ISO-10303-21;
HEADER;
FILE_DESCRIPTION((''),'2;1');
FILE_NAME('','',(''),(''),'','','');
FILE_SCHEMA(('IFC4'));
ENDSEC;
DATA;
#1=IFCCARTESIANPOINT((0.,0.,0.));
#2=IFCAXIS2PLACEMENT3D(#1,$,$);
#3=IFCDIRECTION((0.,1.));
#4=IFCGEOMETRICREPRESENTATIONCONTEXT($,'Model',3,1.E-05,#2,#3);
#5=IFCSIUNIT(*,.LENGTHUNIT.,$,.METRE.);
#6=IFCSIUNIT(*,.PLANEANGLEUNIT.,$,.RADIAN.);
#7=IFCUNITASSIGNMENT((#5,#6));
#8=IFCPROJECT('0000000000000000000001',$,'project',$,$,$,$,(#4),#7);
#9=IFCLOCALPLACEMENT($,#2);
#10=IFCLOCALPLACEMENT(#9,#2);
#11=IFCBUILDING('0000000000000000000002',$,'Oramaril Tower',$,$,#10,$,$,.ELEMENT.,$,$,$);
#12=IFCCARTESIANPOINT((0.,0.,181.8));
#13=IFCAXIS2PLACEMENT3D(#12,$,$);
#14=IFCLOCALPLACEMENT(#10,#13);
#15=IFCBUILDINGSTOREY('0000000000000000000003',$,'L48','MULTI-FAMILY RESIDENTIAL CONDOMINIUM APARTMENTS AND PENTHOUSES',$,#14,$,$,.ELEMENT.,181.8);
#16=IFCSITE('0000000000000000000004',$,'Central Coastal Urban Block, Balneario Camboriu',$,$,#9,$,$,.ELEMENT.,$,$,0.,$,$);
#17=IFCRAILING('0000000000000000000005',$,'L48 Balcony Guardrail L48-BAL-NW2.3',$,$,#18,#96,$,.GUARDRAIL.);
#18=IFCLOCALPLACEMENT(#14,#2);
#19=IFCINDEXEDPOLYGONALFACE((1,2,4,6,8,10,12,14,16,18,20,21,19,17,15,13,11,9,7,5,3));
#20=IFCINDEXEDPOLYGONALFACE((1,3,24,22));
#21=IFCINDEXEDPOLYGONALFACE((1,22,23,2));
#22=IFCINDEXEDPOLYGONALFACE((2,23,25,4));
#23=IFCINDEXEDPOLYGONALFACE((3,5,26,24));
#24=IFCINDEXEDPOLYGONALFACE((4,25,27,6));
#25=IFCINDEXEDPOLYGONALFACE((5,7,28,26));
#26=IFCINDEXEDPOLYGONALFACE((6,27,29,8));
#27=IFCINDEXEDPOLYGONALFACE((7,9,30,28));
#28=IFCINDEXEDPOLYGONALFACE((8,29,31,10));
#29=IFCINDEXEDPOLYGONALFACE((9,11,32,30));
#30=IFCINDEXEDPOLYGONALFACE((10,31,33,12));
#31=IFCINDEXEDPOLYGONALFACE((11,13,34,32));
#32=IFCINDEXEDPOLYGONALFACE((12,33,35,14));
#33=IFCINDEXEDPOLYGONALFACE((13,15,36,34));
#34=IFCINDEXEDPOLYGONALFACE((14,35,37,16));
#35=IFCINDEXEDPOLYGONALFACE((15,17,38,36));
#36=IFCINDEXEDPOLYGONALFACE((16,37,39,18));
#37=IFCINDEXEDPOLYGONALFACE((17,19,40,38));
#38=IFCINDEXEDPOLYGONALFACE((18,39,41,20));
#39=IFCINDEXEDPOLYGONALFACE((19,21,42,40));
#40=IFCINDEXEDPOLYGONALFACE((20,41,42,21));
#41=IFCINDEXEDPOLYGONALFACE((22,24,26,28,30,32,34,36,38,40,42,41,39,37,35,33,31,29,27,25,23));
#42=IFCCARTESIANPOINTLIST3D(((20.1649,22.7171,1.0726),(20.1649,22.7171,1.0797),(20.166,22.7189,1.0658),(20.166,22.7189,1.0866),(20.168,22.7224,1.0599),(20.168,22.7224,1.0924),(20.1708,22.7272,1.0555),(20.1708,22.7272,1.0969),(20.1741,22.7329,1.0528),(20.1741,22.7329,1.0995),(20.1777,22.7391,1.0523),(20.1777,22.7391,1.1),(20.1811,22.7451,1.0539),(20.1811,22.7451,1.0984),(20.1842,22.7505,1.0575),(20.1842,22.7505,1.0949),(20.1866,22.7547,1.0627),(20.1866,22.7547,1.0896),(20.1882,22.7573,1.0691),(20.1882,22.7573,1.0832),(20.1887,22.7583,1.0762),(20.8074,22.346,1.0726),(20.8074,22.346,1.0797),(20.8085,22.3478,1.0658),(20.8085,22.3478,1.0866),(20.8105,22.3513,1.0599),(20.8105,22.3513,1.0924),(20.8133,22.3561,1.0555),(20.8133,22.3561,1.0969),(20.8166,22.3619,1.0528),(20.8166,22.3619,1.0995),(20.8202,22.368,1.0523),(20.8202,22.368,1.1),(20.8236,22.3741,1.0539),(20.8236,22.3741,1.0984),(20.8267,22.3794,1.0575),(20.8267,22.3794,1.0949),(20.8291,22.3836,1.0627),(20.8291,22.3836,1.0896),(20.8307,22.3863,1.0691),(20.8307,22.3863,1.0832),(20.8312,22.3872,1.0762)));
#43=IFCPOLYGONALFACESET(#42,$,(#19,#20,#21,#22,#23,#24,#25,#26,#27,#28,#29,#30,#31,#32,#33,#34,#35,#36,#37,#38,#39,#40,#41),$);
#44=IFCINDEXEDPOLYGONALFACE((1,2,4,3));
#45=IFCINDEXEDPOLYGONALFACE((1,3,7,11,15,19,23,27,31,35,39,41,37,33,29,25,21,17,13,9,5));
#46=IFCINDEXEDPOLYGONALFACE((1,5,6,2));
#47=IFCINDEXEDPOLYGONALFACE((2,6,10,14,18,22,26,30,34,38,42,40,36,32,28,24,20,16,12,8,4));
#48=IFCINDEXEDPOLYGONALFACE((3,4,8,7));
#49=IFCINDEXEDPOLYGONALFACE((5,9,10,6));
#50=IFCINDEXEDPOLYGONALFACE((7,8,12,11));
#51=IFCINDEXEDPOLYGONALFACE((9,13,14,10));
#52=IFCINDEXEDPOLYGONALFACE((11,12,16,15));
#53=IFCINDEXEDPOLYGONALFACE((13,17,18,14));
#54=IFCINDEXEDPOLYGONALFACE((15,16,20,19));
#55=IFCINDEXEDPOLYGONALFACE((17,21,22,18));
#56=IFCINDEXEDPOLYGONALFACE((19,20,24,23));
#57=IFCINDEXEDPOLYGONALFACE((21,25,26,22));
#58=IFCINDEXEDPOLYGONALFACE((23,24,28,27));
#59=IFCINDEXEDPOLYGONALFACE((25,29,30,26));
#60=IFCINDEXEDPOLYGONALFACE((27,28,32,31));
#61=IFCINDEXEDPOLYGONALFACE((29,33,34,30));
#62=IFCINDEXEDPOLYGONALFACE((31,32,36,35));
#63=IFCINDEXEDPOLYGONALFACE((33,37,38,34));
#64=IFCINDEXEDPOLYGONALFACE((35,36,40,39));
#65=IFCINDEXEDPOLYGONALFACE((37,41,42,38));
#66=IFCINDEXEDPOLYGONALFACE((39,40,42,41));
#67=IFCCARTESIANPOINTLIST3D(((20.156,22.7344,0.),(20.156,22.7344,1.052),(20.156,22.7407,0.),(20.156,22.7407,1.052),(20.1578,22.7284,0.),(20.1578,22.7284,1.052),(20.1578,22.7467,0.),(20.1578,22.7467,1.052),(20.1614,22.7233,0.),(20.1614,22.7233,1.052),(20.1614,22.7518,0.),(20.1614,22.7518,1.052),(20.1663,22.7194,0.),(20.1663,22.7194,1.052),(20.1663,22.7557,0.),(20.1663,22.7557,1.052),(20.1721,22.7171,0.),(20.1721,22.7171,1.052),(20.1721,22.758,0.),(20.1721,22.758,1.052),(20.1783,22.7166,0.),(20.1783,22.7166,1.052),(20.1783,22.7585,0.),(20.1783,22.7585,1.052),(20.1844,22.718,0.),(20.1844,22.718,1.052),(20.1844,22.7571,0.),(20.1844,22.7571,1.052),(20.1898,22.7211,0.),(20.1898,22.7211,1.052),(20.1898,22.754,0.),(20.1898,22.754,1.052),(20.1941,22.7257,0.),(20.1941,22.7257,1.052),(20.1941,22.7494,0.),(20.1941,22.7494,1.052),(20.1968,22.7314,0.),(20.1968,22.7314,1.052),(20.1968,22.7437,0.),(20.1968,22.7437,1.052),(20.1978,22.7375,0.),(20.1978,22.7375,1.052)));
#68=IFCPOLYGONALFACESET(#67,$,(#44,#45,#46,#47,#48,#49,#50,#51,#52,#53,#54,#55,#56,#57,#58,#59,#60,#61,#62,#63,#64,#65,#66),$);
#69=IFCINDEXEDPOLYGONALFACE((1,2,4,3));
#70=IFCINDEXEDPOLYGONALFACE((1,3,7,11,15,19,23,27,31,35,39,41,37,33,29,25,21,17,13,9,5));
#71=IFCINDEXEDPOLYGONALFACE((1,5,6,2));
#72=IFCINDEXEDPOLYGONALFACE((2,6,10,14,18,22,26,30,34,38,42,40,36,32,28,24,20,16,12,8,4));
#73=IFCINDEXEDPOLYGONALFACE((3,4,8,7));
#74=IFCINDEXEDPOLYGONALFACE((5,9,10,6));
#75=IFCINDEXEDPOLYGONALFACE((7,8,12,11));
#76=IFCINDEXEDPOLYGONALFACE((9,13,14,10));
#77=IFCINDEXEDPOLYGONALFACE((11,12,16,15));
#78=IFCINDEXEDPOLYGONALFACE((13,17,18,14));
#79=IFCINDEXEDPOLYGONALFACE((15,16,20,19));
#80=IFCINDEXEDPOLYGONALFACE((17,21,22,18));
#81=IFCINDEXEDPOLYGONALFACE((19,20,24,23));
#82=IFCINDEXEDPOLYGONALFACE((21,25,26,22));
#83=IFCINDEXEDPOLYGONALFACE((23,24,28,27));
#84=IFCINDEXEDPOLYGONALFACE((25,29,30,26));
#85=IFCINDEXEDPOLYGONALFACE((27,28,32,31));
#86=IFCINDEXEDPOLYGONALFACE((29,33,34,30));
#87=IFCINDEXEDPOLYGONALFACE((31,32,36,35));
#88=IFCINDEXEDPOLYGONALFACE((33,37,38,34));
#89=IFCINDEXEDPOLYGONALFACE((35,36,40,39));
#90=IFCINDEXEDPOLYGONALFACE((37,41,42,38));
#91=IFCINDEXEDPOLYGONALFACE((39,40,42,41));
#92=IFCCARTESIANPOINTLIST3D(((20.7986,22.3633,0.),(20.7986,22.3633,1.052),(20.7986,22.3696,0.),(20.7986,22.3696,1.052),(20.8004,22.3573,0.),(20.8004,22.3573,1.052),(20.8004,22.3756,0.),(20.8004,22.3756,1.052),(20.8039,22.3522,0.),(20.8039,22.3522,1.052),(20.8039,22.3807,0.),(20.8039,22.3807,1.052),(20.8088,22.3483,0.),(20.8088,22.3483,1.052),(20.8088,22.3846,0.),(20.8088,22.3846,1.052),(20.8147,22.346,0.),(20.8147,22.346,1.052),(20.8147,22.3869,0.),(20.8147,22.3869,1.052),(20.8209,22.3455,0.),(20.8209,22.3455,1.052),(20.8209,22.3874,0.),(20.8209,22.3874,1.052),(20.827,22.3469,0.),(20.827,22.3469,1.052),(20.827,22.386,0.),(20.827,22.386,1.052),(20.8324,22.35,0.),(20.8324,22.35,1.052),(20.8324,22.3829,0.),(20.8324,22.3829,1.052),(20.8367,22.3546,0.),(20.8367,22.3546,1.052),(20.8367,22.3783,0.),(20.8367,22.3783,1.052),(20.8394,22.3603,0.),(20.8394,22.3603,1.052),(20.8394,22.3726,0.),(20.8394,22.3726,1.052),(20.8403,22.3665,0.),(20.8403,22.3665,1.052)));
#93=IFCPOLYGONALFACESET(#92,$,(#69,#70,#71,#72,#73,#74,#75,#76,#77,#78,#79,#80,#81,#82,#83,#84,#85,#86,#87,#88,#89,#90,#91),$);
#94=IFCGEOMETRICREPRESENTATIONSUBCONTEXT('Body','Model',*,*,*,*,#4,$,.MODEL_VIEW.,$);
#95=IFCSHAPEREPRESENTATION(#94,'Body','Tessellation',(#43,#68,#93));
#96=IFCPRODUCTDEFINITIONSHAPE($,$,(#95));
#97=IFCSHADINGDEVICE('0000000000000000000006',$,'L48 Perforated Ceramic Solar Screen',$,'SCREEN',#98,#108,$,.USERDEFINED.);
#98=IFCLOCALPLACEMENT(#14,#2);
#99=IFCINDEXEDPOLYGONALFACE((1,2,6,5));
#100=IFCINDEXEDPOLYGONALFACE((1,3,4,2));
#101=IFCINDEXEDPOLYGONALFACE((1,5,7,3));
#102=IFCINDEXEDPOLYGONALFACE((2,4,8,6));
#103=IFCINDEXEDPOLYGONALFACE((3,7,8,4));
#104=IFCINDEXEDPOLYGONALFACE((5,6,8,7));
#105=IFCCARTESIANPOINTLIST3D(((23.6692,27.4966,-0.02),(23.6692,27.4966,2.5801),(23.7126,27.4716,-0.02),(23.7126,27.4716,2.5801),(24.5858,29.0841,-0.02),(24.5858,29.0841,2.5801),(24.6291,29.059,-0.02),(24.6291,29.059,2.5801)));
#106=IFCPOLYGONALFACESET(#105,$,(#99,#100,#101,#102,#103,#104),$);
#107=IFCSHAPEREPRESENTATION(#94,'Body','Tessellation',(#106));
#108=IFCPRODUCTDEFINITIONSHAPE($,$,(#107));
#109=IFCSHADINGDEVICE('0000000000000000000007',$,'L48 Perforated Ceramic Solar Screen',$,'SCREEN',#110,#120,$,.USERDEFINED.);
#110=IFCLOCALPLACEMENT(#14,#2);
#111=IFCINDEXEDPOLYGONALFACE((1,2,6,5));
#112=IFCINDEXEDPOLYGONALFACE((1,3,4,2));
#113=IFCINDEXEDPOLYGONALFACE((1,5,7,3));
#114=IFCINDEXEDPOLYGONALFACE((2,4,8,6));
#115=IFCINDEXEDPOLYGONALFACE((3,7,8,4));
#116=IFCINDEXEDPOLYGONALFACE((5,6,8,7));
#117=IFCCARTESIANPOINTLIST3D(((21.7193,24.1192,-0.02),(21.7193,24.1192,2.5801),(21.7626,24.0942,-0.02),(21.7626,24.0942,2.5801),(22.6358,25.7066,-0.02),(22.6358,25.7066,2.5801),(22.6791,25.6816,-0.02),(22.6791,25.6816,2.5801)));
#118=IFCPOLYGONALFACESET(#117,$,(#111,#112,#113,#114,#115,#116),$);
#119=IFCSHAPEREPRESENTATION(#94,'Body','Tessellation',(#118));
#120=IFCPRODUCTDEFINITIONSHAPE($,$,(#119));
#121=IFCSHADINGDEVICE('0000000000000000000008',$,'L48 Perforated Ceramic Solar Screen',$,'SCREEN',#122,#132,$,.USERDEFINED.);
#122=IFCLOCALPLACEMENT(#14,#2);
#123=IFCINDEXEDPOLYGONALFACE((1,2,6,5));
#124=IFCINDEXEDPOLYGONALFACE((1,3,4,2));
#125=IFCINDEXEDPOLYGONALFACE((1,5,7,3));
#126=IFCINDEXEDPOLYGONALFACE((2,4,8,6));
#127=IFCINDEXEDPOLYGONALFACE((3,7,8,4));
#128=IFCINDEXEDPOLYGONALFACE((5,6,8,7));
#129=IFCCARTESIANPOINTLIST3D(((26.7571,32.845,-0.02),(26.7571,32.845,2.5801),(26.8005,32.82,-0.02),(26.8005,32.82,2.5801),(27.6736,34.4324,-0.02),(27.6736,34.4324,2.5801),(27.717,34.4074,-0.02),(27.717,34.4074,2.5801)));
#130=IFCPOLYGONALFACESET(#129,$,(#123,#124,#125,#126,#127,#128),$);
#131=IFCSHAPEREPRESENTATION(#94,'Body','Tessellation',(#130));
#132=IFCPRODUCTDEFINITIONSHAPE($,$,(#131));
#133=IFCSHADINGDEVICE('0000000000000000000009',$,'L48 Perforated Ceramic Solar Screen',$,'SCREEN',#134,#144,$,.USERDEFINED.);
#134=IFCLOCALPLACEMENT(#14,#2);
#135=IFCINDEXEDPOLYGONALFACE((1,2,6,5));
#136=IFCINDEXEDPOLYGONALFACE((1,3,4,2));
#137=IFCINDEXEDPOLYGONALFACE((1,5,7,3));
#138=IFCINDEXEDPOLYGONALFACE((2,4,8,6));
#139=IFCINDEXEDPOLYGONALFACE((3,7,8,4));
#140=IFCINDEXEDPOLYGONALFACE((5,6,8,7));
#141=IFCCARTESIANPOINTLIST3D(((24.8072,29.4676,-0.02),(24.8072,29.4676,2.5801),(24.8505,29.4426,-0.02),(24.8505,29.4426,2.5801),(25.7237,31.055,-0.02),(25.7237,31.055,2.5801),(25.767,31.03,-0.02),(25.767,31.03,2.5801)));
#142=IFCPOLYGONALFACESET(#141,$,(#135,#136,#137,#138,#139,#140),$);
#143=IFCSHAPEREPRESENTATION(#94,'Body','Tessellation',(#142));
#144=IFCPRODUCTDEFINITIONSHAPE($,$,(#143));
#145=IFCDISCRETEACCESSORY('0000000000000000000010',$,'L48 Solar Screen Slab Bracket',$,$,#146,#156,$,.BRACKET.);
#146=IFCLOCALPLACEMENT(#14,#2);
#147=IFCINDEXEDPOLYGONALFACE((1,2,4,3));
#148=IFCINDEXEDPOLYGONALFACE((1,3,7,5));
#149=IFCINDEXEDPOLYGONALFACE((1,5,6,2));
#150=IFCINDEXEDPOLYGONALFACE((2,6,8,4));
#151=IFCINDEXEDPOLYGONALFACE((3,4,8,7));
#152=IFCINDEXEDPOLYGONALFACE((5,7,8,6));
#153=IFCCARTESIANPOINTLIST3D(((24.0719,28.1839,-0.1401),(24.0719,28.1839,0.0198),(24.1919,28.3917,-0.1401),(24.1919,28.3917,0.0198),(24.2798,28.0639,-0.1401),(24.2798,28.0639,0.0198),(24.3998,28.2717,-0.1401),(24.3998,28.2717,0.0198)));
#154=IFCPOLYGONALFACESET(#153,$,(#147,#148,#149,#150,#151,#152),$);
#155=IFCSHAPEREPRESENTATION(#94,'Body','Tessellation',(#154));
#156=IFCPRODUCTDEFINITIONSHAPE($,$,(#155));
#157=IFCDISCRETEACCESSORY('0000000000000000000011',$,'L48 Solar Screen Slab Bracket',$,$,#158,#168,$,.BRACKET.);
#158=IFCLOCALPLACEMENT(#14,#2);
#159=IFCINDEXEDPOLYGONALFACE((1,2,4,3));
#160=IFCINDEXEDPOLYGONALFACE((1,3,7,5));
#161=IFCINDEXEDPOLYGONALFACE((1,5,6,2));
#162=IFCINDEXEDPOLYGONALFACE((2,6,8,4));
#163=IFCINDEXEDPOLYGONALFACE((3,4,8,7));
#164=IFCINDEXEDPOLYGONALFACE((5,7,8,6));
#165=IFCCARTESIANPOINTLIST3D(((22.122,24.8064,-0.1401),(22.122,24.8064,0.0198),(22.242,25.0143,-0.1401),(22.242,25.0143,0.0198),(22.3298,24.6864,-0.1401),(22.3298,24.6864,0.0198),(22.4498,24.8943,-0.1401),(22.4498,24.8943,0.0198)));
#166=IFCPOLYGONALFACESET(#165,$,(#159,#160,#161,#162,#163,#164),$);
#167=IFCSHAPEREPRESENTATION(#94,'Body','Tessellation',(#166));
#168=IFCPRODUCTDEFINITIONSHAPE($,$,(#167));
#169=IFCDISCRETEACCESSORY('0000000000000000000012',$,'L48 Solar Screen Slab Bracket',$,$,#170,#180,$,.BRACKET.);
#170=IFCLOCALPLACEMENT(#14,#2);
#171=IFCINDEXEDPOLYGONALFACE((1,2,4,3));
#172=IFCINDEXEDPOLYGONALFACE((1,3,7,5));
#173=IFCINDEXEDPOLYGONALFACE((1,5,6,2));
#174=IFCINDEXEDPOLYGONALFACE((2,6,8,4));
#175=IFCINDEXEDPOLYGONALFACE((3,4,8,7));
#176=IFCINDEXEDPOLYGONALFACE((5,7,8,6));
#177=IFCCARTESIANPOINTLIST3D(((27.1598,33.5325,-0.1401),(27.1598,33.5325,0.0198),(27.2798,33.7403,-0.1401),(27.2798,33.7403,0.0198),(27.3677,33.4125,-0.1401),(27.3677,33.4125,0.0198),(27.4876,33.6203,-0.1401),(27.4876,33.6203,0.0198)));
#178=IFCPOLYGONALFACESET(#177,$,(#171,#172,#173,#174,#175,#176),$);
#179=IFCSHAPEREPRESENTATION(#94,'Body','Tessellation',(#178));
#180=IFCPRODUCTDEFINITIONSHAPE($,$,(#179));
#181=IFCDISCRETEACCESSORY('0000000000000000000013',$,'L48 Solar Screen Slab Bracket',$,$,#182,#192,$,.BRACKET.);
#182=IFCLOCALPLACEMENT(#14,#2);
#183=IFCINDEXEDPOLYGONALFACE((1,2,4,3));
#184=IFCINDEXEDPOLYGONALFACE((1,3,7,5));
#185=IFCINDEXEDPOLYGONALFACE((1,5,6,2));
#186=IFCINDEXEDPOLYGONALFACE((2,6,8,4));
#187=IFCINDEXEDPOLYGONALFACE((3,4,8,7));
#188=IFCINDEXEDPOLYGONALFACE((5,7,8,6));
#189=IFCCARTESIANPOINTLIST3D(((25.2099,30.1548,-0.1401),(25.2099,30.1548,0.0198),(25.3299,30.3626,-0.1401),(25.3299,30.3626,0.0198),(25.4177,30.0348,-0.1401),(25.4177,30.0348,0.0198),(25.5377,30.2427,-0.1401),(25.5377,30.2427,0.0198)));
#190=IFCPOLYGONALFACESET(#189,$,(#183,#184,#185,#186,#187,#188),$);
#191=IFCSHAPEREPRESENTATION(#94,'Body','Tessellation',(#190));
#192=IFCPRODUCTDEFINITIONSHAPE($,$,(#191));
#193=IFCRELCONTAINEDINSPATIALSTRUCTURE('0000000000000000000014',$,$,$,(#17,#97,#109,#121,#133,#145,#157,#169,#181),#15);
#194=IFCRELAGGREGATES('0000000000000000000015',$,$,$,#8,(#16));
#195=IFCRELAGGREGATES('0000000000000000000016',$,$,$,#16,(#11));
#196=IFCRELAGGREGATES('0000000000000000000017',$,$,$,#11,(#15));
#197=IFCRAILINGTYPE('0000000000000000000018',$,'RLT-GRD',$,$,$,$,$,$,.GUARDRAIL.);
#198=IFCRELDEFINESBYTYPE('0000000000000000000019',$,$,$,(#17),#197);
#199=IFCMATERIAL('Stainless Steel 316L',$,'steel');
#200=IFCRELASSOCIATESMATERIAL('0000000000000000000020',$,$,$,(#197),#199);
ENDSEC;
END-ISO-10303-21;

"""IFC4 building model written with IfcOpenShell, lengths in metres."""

from ifc_helpers import new_model, si_unit, direction, frame, origin, origin_2d, place, context, subcontext, project, spatial, rectangle, circle, extrude, material, type_object, element, save


model = new_model("IFC4")

# Units and contexts
model_context = context("Model", 3, precision=1e-05, world=origin(), true_north=direction((0.0, 1.0)))
body_context = subcontext(model_context, "Body", "Model", "MODEL_VIEW")
ifc_project = project(units=[si_unit("LENGTHUNIT", "METRE"), si_unit("PLANEANGLEUNIT", "RADIAN")], contexts=[model_context])

# Site, building, storey
site_placement = place(None, origin())
site = spatial("IfcSite", under=ifc_project, at=site_placement, Name="Central Coastal Urban Block, Balneario Camboriu", CompositionType="ELEMENT", RefElevation=0.0)
building_placement = place(site_placement, origin())
building = spatial("IfcBuilding", under=site, at=building_placement, Name="Oramaril Tower", CompositionType="ELEMENT")
storey_placement = place(building_placement, frame((0.0, 0.0, 181.8)))
storey = spatial("IfcBuildingStorey", under=building, at=storey_placement, Name="L48", Description="MULTI-FAMILY RESIDENTIAL CONDOMINIUM APARTMENTS AND PENTHOUSES", CompositionType="ELEMENT", Elevation=181.8)

# Railing
ifc_material_1 = material(Name="Stainless Steel 316L", Category="steel")
railing_type = type_object("IfcRailingType", Name="RLT-GRD", PredefinedType="GUARDRAIL", material=ifc_material_1)
railing_placement = place(storey_placement, frame((20.1768, 22.7375, 0.0)))
element("IfcRailing", 1, at=railing_placement, inside=storey, type_object=railing_type, Name="L48 Balcony Guardrail L48-BAL-NW2.3", PredefinedType="GUARDRAIL", context=body_context, shape_type="SweptSolid", body=[
    extrude(circle(Radius=0.0239, at=origin_2d()), frame((0.0, 0.0, 1.0762), z_axis=(0.865966, -0.500102, 0.0), x_axis=(0.500102, 0.865966, 0.0)), (0.0, 0.0, 1.0), 0.7419),
    extrude(circle(Radius=0.021, at=origin_2d()), origin(), (0.0, 0.0, 1.0), 1.052),
    extrude(circle(Radius=0.021, at=origin_2d()), frame((0.6426, -0.3711, 0.0)), (0.0, 0.0, 1.0), 1.052),
])

# Shading devices
for number, where, z_axis, x_axis, name in (
    (2, (24.1492, 28.2778, -0.02), (0.0, 0.0, 1.0), (-0.5, -0.866025, 0.0), "L48 Perforated Ceramic Solar Screen"),
    (3, (22.1992, 24.9004, -0.02), (0.0, 0.0, 1.0), (-0.5, -0.866025, 0.0), "L48 Perforated Ceramic Solar Screen"),
    (4, (27.2371, 33.6262, -0.02), (0.0, 0.0, 1.0), (-0.5, -0.866025, 0.0), "L48 Perforated Ceramic Solar Screen"),
    (5, (25.2871, 30.2488, -0.02), (0.0, 0.0, 1.0), (-0.5, -0.866025, 0.0), "L48 Perforated Ceramic Solar Screen"),
):
    element("IfcShadingDevice", number, at=place(storey_placement, frame(where, z_axis=z_axis, x_axis=x_axis)), inside=storey, Name=name, ObjectType="SCREEN", PredefinedType="USERDEFINED", context=body_context, shape_type="SweptSolid", body=[
        extrude(rectangle(XDim=1.833, YDim=0.05, at=origin_2d()), origin(), (0.0, 0.0, 1.0), 2.6001),
    ])

# Discrete accessories
for number, where, z_axis, x_axis, name in (
    (6, (24.2358, 28.2278, -0.1401), (0.0, 0.0, 1.0), (-0.5, -0.866025, 0.0), "L48 Solar Screen Slab Bracket"),
    (7, (22.2859, 24.8503, -0.1401), (0.0, 0.0, 1.0), (-0.5, -0.866025, 0.0), "L48 Solar Screen Slab Bracket"),
    (8, (27.3237, 33.5764, -0.1401), (0.0, 0.0, 1.0), (-0.5, -0.866025, 0.0), "L48 Solar Screen Slab Bracket"),
    (9, (25.3738, 30.1987, -0.1401), (0.0, 0.0, 1.0), (-0.5, -0.866025, 0.0), "L48 Solar Screen Slab Bracket"),
):
    element("IfcDiscreteAccessory", number, at=place(storey_placement, frame(where, z_axis=z_axis, x_axis=x_axis)), inside=storey, Name=name, PredefinedType="BRACKET", context=body_context, shape_type="SweptSolid", body=[
        extrude(rectangle(XDim=0.24, YDim=0.24, at=origin_2d()), origin(), (0.0, 0.0, 1.0), 0.1599),
    ])

save(model, "model.ifc")
